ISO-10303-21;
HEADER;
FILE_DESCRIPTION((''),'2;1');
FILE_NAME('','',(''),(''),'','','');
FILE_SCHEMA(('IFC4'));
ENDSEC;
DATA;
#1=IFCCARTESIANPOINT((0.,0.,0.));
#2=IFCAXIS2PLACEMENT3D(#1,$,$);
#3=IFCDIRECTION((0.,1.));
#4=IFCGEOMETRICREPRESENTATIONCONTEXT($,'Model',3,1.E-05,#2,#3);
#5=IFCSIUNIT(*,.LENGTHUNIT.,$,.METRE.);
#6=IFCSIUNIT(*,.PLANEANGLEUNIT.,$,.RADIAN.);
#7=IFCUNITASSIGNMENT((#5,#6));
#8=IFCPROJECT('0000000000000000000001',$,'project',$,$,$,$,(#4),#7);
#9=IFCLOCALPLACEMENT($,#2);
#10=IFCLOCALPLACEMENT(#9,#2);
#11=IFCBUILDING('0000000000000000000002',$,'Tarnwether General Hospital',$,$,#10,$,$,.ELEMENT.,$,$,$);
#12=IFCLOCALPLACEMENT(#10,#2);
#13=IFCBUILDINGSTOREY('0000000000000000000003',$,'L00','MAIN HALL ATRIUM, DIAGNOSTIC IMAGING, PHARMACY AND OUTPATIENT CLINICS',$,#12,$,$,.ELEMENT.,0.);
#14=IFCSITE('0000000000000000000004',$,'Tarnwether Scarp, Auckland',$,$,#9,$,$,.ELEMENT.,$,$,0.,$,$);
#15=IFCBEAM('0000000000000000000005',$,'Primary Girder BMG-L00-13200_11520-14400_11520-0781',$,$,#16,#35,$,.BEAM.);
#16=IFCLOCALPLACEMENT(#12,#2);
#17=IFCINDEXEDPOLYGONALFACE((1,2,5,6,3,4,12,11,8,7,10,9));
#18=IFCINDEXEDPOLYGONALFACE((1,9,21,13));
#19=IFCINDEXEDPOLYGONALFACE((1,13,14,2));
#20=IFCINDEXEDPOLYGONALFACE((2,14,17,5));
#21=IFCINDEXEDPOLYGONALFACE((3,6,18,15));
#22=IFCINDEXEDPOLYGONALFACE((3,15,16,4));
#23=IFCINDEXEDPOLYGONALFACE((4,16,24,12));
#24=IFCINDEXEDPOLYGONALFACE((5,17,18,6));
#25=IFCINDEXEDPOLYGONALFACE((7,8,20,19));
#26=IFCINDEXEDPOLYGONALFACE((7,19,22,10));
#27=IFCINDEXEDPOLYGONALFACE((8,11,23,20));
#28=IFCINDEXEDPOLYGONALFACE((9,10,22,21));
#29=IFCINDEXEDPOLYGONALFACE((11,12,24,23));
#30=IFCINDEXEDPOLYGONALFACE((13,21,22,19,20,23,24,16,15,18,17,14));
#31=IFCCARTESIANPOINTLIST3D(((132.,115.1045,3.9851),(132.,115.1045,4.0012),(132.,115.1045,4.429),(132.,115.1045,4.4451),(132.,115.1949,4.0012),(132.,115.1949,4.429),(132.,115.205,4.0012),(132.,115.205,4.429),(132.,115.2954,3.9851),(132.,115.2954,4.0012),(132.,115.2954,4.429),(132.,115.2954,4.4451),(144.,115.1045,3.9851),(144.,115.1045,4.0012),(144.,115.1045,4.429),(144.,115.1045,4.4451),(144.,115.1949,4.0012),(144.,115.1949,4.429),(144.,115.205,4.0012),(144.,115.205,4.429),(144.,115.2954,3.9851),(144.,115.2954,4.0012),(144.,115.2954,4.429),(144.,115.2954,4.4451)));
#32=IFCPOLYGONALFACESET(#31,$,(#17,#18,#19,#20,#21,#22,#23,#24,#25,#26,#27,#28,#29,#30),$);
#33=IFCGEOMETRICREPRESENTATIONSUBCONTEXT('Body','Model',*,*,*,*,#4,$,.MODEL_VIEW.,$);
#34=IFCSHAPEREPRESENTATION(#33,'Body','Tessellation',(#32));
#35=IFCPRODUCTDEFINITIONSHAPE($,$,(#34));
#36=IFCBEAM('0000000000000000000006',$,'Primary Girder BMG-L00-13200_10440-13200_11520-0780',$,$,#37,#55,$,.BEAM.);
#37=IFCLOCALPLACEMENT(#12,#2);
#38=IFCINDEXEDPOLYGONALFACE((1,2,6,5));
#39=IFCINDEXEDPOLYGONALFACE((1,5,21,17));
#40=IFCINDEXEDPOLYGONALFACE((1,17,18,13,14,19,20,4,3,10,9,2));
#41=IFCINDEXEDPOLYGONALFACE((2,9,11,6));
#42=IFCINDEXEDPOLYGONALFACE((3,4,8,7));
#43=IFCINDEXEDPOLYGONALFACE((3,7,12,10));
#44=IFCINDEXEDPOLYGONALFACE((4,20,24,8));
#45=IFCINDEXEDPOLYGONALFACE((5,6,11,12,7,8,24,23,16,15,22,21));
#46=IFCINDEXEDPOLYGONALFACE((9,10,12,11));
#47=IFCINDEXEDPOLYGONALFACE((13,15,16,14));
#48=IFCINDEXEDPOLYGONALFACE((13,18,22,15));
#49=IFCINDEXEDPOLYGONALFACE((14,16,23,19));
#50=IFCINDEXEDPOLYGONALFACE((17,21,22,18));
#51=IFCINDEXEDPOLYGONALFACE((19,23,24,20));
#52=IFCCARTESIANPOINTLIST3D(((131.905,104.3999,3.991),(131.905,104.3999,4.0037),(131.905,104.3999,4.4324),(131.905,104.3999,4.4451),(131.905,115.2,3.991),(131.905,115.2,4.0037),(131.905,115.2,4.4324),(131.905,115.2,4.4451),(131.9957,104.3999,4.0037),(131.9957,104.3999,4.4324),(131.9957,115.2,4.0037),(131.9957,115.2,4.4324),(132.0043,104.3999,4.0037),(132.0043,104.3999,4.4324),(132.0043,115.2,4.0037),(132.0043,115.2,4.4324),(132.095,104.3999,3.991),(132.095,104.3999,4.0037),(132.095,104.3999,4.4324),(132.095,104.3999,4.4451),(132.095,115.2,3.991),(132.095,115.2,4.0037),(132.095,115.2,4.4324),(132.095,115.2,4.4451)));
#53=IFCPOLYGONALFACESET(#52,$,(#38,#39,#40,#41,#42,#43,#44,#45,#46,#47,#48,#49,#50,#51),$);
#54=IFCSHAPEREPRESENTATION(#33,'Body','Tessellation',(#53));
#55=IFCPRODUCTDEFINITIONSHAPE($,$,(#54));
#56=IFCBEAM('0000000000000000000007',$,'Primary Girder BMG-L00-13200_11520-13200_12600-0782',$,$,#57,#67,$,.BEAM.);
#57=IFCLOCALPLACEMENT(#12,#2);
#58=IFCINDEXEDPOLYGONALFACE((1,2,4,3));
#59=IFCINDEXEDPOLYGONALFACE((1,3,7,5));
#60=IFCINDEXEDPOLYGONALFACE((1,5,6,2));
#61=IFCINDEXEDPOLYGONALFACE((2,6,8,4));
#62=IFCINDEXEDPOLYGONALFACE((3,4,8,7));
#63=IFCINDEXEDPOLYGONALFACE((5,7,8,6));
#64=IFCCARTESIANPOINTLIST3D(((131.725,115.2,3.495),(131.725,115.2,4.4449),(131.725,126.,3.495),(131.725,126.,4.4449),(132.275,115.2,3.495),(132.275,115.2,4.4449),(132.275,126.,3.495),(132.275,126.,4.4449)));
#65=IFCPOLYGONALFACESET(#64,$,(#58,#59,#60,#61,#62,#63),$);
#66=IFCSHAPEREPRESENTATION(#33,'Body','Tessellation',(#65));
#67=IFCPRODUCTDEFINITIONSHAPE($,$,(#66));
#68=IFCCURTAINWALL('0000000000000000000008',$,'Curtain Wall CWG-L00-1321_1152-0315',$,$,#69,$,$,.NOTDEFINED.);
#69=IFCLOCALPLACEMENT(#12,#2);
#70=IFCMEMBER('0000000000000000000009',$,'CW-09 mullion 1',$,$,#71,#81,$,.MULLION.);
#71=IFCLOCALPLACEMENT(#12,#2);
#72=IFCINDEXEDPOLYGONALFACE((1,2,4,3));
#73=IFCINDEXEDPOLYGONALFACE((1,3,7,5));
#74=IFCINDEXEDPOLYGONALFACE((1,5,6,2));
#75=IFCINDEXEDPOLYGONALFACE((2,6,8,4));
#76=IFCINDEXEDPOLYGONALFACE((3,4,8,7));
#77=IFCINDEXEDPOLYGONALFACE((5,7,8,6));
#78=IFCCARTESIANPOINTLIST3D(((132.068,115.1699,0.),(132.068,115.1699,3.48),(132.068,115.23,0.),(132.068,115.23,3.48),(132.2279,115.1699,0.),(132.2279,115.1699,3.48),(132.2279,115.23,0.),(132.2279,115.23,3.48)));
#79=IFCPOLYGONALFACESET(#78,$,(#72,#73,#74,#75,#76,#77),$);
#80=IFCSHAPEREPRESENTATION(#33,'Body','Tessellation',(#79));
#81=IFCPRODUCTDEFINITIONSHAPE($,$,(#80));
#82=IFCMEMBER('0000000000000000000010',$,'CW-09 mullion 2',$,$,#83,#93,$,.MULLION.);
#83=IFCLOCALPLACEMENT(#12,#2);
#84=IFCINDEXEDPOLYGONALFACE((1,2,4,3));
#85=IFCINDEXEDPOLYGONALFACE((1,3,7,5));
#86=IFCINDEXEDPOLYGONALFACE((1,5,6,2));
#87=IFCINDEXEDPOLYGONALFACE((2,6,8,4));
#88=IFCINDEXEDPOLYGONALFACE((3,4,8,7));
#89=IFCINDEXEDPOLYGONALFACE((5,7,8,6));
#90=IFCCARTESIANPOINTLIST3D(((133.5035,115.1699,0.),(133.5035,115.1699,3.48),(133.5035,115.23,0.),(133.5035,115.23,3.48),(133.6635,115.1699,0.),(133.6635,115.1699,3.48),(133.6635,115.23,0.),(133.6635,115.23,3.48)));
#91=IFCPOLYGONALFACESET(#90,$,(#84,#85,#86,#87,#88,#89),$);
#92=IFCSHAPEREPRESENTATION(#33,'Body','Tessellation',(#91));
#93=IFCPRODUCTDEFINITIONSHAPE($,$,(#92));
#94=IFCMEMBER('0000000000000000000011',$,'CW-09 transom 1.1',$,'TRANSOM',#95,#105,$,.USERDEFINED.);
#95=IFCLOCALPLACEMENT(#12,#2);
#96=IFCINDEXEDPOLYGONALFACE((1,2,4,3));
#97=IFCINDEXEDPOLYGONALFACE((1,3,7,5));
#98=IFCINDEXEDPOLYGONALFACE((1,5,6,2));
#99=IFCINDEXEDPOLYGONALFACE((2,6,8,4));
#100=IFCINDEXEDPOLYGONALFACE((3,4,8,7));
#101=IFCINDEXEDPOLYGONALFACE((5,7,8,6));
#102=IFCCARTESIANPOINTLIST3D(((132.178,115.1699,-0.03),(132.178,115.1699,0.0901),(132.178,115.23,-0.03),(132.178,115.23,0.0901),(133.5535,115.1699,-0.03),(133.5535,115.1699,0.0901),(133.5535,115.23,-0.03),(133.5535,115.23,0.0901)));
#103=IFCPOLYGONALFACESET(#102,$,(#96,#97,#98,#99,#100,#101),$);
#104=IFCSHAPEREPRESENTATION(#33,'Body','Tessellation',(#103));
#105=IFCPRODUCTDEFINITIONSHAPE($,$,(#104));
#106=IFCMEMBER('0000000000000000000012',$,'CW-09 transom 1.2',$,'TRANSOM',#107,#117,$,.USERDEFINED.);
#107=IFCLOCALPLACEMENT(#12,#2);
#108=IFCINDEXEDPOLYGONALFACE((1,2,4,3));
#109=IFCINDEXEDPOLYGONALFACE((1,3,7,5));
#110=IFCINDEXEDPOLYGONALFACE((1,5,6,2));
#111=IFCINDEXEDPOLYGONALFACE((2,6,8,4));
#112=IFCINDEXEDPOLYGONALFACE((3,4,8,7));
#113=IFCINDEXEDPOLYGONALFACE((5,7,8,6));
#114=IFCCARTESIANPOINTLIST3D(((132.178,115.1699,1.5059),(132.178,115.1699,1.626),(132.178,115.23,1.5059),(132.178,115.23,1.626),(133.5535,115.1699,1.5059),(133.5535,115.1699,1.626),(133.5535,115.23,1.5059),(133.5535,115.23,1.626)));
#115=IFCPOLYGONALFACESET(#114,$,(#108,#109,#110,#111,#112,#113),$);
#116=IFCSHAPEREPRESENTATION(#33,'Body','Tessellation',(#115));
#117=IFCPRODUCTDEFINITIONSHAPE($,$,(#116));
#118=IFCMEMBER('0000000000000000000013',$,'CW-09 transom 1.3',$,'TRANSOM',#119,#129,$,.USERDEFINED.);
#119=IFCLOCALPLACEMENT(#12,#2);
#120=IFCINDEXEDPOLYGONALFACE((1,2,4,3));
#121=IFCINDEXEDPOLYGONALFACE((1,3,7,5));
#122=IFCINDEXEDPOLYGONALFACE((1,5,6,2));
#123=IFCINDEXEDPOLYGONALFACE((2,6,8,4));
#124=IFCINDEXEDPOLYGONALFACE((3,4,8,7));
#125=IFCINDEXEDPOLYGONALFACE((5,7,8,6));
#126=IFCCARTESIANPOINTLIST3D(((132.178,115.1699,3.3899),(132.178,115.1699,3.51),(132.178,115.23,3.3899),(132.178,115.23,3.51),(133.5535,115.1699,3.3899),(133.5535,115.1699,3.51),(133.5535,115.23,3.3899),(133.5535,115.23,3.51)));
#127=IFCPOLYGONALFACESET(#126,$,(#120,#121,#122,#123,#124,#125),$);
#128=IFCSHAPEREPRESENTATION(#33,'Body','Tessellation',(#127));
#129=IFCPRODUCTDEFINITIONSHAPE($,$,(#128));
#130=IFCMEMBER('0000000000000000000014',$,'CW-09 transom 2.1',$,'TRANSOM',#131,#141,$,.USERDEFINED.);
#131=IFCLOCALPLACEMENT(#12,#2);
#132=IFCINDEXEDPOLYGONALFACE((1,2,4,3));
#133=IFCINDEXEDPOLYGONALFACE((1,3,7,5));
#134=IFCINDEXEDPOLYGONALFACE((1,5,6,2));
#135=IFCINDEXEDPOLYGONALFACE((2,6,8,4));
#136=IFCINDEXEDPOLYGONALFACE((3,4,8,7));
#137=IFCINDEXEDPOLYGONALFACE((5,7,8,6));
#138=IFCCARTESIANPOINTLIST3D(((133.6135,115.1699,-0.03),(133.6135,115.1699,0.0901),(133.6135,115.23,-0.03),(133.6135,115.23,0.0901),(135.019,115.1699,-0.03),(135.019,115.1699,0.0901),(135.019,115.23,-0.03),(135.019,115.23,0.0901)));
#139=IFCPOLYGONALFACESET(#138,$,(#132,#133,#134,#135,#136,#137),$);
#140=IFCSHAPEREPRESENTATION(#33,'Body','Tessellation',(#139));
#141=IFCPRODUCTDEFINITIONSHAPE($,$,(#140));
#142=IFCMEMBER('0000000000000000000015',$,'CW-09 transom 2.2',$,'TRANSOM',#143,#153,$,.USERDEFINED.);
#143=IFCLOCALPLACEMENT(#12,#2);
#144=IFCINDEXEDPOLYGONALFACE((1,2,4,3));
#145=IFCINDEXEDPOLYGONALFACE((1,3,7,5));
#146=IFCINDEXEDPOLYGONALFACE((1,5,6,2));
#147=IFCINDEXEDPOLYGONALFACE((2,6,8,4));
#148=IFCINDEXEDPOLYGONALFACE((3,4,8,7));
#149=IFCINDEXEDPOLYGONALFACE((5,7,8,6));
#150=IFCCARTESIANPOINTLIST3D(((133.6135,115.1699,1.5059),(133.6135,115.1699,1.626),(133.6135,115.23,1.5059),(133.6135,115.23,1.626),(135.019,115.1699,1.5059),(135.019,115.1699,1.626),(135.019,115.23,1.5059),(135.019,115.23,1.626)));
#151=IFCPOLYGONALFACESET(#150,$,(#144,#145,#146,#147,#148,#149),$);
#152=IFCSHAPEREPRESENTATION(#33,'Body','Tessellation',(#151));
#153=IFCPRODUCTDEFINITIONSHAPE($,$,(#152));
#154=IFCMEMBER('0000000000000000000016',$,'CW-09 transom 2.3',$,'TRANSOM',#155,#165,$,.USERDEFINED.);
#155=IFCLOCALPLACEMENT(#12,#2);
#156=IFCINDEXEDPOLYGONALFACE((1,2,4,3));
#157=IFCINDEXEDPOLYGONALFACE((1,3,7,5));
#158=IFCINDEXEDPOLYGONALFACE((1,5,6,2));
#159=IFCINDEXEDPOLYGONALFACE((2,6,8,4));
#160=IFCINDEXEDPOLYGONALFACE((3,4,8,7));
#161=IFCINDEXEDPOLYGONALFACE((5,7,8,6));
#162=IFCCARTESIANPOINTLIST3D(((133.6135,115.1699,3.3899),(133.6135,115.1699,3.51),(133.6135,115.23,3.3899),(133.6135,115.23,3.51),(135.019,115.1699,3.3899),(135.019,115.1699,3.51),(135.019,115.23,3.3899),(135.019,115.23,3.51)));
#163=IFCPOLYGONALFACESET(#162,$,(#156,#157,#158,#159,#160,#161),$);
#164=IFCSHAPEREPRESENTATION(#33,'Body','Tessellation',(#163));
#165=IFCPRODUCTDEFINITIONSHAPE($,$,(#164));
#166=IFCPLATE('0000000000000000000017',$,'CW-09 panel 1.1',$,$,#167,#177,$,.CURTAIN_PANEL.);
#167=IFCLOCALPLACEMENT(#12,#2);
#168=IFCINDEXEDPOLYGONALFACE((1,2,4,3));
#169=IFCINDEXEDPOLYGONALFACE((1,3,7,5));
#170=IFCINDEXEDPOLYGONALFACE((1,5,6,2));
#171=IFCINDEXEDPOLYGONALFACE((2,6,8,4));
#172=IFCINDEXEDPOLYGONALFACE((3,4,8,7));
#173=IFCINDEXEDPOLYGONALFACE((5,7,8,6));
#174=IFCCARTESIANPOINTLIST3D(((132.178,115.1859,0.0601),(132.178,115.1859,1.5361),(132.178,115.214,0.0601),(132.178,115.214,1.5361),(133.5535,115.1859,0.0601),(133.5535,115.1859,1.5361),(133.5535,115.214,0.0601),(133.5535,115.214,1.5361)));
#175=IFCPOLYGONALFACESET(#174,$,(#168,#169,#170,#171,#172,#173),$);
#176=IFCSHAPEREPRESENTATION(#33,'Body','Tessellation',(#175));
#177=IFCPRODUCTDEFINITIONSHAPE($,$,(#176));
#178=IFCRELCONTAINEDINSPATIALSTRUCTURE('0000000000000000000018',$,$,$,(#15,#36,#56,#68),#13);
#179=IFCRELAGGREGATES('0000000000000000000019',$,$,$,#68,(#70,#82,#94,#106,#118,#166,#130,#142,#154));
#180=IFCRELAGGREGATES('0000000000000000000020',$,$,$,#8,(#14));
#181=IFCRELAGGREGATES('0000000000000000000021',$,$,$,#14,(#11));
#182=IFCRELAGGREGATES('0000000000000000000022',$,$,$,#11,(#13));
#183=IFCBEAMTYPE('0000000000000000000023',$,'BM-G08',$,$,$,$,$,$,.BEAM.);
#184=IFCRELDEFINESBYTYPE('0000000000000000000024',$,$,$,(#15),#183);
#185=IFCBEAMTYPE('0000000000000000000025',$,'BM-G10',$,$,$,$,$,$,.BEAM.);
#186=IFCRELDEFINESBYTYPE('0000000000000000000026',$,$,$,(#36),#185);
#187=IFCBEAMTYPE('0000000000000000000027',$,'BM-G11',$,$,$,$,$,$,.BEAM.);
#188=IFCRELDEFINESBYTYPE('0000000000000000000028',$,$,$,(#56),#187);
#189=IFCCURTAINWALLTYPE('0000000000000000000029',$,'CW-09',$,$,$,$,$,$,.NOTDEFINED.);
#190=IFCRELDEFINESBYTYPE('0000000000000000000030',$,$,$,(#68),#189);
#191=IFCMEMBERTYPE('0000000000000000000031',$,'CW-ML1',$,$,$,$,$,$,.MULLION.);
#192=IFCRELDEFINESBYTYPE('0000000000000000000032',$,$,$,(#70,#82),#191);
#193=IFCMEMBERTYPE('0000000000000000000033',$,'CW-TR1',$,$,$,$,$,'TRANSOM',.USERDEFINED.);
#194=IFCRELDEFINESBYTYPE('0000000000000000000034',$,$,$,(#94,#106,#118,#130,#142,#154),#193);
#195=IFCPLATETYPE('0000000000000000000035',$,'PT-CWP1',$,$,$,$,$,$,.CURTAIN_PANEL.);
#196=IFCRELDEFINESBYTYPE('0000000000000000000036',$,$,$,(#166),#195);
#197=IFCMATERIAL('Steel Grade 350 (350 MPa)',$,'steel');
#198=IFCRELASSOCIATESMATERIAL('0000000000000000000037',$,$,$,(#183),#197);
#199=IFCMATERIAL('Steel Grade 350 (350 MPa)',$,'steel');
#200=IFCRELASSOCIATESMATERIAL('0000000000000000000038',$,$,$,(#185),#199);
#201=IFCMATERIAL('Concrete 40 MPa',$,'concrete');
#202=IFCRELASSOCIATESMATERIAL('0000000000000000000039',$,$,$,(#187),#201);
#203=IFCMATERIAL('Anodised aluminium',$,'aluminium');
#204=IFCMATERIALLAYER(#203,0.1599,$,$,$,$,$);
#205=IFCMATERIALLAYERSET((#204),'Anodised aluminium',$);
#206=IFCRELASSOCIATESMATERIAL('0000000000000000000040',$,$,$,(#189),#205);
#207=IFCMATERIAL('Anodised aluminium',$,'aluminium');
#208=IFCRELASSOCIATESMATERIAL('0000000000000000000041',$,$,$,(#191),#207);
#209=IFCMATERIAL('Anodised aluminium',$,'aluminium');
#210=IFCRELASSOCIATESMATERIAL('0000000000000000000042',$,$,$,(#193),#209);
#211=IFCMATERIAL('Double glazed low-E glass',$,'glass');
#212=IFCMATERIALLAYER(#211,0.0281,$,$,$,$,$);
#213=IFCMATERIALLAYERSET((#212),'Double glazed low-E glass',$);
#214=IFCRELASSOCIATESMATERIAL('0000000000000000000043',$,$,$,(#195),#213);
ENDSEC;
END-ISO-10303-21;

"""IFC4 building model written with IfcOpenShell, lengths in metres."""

from ifc_helpers import new_model, si_unit, direction, frame, origin, origin_2d, place, context, subcontext, project, spatial, rectangle, i_section, extrude, material, layer, layer_set, material_profile, profile_set, type_object, element, aggregate, save


model = new_model("IFC4")

# Units and contexts
model_context = context("Model", 3, precision=1e-05, world=origin(), true_north=direction((0.0, 1.0)))
body_context = subcontext(model_context, "Body", "Model", "MODEL_VIEW")
ifc_project = project(units=[si_unit("LENGTHUNIT", "METRE"), si_unit("PLANEANGLEUNIT", "RADIAN")], contexts=[model_context])

# Site, building, storey
site_placement = place(None, origin())
site = spatial("IfcSite", under=ifc_project, at=site_placement, Name="Tarnwether Scarp, Auckland", CompositionType="ELEMENT", RefElevation=0.0)
building_placement = place(site_placement, origin())
building = spatial("IfcBuilding", under=site, at=building_placement, Name="Tarnwether General Hospital", CompositionType="ELEMENT")
storey_placement = place(building_placement, origin())
storey = spatial("IfcBuildingStorey", under=building, at=storey_placement, Name="L00", Description="MAIN HALL ATRIUM, DIAGNOSTIC IMAGING, PHARMACY AND OUTPATIENT CLINICS", CompositionType="ELEMENT", Elevation=0.0)

# Beams
ifc_material_1 = material(Name="Steel Grade 350 (350 MPa)", Category="steel")
ifc_material_profile_1 = material_profile(ifc_material_1, i_section(OverallWidth=0.1909, OverallDepth=0.46, WebThickness=0.01, FlangeThickness=0.0161, at=origin_2d()), Name="460UB82.1")
ifc_profile_set_1 = profile_set([ifc_material_profile_1], Name="Steel Grade 350 (350 MPa)")
beam_type_1 = type_object("IfcBeamType", Name="BM-G08", PredefinedType="BEAM", material=ifc_profile_set_1)
beam_1_placement = place(storey_placement, frame((132.0, 115.2, 4.2151), z_axis=(1.0, 0.0, 0.0), x_axis=(0.0, 1.0, 0.0)))
element("IfcBeam", 1, at=beam_1_placement, inside=storey, type_object=beam_type_1, Name="Primary Girder BMG-L00-13200_11520-14400_11520-0781", PredefinedType="BEAM", context=body_context, shape_type="SweptSolid", body=[
    extrude(i_section(OverallWidth=0.1909, OverallDepth=0.46, WebThickness=0.01, FlangeThickness=0.0161, at=origin_2d()), origin(), (0.0, 0.0, 1.0), 12.0),
])
ifc_material_2 = material(Name="Steel Grade 350 (350 MPa)", Category="steel")
ifc_material_profile_2 = material_profile(ifc_material_2, i_section(OverallWidth=0.1899, OverallDepth=0.4541, WebThickness=0.0085, FlangeThickness=0.0127, at=origin_2d()), Name="460UB67.1")
ifc_profile_set_2 = profile_set([ifc_material_profile_2], Name="Steel Grade 350 (350 MPa)")
beam_type_2 = type_object("IfcBeamType", Name="BM-G10", PredefinedType="BEAM", material=ifc_profile_set_2)
beam_2_placement = place(storey_placement, frame((132.0, 104.3999, 4.218), z_axis=(0.0, 1.0, 0.0), x_axis=(-1.0, 0.0, 0.0)))
element("IfcBeam", 2, at=beam_2_placement, inside=storey, type_object=beam_type_2, Name="Primary Girder BMG-L00-13200_10440-13200_11520-0780", PredefinedType="BEAM", context=body_context, shape_type="SweptSolid", body=[
    extrude(i_section(OverallWidth=0.1899, OverallDepth=0.4541, WebThickness=0.0085, FlangeThickness=0.0127, at=origin_2d()), origin(), (0.0, 0.0, 1.0), 10.8),
])
ifc_material_3 = material(Name="Concrete 40 MPa", Category="concrete")
ifc_material_profile_3 = material_profile(ifc_material_3, rectangle(XDim=0.55, YDim=0.95, at=origin_2d()), Name="RC-BM-550x950")
ifc_profile_set_3 = profile_set([ifc_material_profile_3], Name="Concrete 40 MPa")
beam_type_3 = type_object("IfcBeamType", Name="BM-G11", PredefinedType="BEAM", material=ifc_profile_set_3)
beam_3_placement = place(storey_placement, frame((132.0, 115.2, 3.97), z_axis=(0.0, 1.0, 0.0), x_axis=(-1.0, 0.0, 0.0)))
element("IfcBeam", 3, at=beam_3_placement, inside=storey, type_object=beam_type_3, Name="Primary Girder BMG-L00-13200_11520-13200_12600-0782", PredefinedType="BEAM", context=body_context, shape_type="SweptSolid", body=[
    extrude(rectangle(XDim=0.55, YDim=0.95, at=origin_2d()), origin(), (0.0, 0.0, 1.0), 10.8),
])

# Curtain wall, members, plate
ifc_material_4 = material(Name="Anodised aluminium", Category="aluminium")
ifc_layer_1 = layer(ifc_material_4, 0.1599)
ifc_layer_set_1 = layer_set([ifc_layer_1], Name="Anodised aluminium")
curtain_wall_type = type_object("IfcCurtainWallType", Name="CW-09", PredefinedType="NOTDEFINED", material=ifc_layer_set_1)
curtain_wall_placement = place(storey_placement, origin())
curtain_wall = element("IfcCurtainWall", 4, at=curtain_wall_placement, inside=storey, type_object=curtain_wall_type, Name="Curtain Wall CWG-L00-1321_1152-0315", PredefinedType="NOTDEFINED")
ifc_material_5 = material(Name="Anodised aluminium", Category="aluminium")
ifc_material_profile_4 = material_profile(ifc_material_5, rectangle(XDim=0.0601, YDim=0.1599, at=origin_2d()), Name="ALU-MUL-60x160")
ifc_profile_set_4 = profile_set([ifc_material_profile_4], Name="Anodised aluminium")
member_type_1 = type_object("IfcMemberType", Name="CW-ML1", PredefinedType="MULLION", material=ifc_profile_set_4)
member_1_placement = place(storey_placement, frame((132.1479, 115.2, 0.0), z_axis=(0.0, 0.0, 1.0), x_axis=(0.0, 1.0, 0.0)))
member_1 = element("IfcMember", 5, at=member_1_placement, type_object=member_type_1, Name="CW-09 mullion 1", PredefinedType="MULLION", context=body_context, shape_type="SweptSolid", body=[
    extrude(rectangle(XDim=0.0601, YDim=0.1599, at=origin_2d()), origin(), (0.0, 0.0, 1.0), 3.48),
])
member_2_placement = place(storey_placement, frame((133.5835, 115.2, 0.0), z_axis=(0.0, 0.0, 1.0), x_axis=(0.0, 1.0, 0.0)))
member_2 = element("IfcMember", 6, at=member_2_placement, type_object=member_type_1, Name="CW-09 mullion 2", PredefinedType="MULLION", context=body_context, shape_type="SweptSolid", body=[
    extrude(rectangle(XDim=0.0601, YDim=0.1599, at=origin_2d()), origin(), (0.0, 0.0, 1.0), 3.48),
])
ifc_material_6 = material(Name="Anodised aluminium", Category="aluminium")
ifc_material_profile_5 = material_profile(ifc_material_6, rectangle(XDim=0.0601, YDim=0.1201, at=origin_2d()), Name="ALU-TRN-60x120")
ifc_profile_set_5 = profile_set([ifc_material_profile_5], Name="Anodised aluminium")
member_type_2 = type_object("IfcMemberType", Name="CW-TR1", ElementType="TRANSOM", PredefinedType="USERDEFINED", material=ifc_profile_set_5)
member_3_placement = place(storey_placement, frame((132.178, 115.2, 0.03), z_axis=(1.0, 0.0, 0.0), x_axis=(0.0, 1.0, 0.0)))
member_3 = element("IfcMember", 7, at=member_3_placement, type_object=member_type_2, Name="CW-09 transom 1.1", ObjectType="TRANSOM", PredefinedType="USERDEFINED", context=body_context, shape_type="SweptSolid", body=[
    extrude(rectangle(XDim=0.0601, YDim=0.1201, at=origin_2d()), origin(), (0.0, 0.0, 1.0), 1.3755),
])
member_4_placement = place(storey_placement, frame((132.178, 115.2, 1.5659), z_axis=(1.0, 0.0, 0.0), x_axis=(0.0, 1.0, 0.0)))
member_4 = element("IfcMember", 8, at=member_4_placement, type_object=member_type_2, Name="CW-09 transom 1.2", ObjectType="TRANSOM", PredefinedType="USERDEFINED", context=body_context, shape_type="SweptSolid", body=[
    extrude(rectangle(XDim=0.0601, YDim=0.1201, at=origin_2d()), origin(), (0.0, 0.0, 1.0), 1.3755),
])
member_5_placement = place(storey_placement, frame((132.178, 115.2, 3.45), z_axis=(1.0, 0.0, 0.0), x_axis=(0.0, 1.0, 0.0)))
member_5 = element("IfcMember", 9, at=member_5_placement, type_object=member_type_2, Name="CW-09 transom 1.3", ObjectType="TRANSOM", PredefinedType="USERDEFINED", context=body_context, shape_type="SweptSolid", body=[
    extrude(rectangle(XDim=0.0601, YDim=0.1201, at=origin_2d()), origin(), (0.0, 0.0, 1.0), 1.3755),
])
member_6_placement = place(storey_placement, frame((133.6135, 115.2, 0.03), z_axis=(1.0, 0.0, 0.0), x_axis=(0.0, 1.0, 0.0)))
member_6 = element("IfcMember", 10, at=member_6_placement, type_object=member_type_2, Name="CW-09 transom 2.1", ObjectType="TRANSOM", PredefinedType="USERDEFINED", context=body_context, shape_type="SweptSolid", body=[
    extrude(rectangle(XDim=0.0601, YDim=0.1201, at=origin_2d()), origin(), (0.0, 0.0, 1.0), 1.4055),
])
member_7_placement = place(storey_placement, frame((133.6135, 115.2, 1.5659), z_axis=(1.0, 0.0, 0.0), x_axis=(0.0, 1.0, 0.0)))
member_7 = element("IfcMember", 11, at=member_7_placement, type_object=member_type_2, Name="CW-09 transom 2.2", ObjectType="TRANSOM", PredefinedType="USERDEFINED", context=body_context, shape_type="SweptSolid", body=[
    extrude(rectangle(XDim=0.0601, YDim=0.1201, at=origin_2d()), origin(), (0.0, 0.0, 1.0), 1.4055),
])
member_8_placement = place(storey_placement, frame((133.6135, 115.2, 3.45), z_axis=(1.0, 0.0, 0.0), x_axis=(0.0, 1.0, 0.0)))
member_8 = element("IfcMember", 12, at=member_8_placement, type_object=member_type_2, Name="CW-09 transom 2.3", ObjectType="TRANSOM", PredefinedType="USERDEFINED", context=body_context, shape_type="SweptSolid", body=[
    extrude(rectangle(XDim=0.0601, YDim=0.1201, at=origin_2d()), origin(), (0.0, 0.0, 1.0), 1.4055),
])
ifc_material_7 = material(Name="Double glazed low-E glass", Category="glass")
ifc_layer_2 = layer(ifc_material_7, 0.0281)
ifc_layer_set_2 = layer_set([ifc_layer_2], Name="Double glazed low-E glass")
plate_type_1 = type_object("IfcPlateType", Name="PT-CWP1", PredefinedType="CURTAIN_PANEL", material=ifc_layer_set_2)
plate_1_placement = place(storey_placement, frame((132.8657, 115.2, 0.0601), z_axis=(0.0, 0.0, 1.0), x_axis=(1.0, 0.0, 0.0)))
plate_1 = element("IfcPlate", 13, at=plate_1_placement, type_object=plate_type_1, Name="CW-09 panel 1.1", PredefinedType="CURTAIN_PANEL", context=body_context, shape_type="SweptSolid", body=[
    extrude(rectangle(XDim=1.3755, YDim=0.0281, at=origin_2d()), origin(), (0.0, 0.0, 1.0), 1.4761),
])
aggregate(curtain_wall, [member_1, member_2, member_3, member_4, member_5, plate_1, member_6, member_7, member_8])

save(model, "model.ifc")
